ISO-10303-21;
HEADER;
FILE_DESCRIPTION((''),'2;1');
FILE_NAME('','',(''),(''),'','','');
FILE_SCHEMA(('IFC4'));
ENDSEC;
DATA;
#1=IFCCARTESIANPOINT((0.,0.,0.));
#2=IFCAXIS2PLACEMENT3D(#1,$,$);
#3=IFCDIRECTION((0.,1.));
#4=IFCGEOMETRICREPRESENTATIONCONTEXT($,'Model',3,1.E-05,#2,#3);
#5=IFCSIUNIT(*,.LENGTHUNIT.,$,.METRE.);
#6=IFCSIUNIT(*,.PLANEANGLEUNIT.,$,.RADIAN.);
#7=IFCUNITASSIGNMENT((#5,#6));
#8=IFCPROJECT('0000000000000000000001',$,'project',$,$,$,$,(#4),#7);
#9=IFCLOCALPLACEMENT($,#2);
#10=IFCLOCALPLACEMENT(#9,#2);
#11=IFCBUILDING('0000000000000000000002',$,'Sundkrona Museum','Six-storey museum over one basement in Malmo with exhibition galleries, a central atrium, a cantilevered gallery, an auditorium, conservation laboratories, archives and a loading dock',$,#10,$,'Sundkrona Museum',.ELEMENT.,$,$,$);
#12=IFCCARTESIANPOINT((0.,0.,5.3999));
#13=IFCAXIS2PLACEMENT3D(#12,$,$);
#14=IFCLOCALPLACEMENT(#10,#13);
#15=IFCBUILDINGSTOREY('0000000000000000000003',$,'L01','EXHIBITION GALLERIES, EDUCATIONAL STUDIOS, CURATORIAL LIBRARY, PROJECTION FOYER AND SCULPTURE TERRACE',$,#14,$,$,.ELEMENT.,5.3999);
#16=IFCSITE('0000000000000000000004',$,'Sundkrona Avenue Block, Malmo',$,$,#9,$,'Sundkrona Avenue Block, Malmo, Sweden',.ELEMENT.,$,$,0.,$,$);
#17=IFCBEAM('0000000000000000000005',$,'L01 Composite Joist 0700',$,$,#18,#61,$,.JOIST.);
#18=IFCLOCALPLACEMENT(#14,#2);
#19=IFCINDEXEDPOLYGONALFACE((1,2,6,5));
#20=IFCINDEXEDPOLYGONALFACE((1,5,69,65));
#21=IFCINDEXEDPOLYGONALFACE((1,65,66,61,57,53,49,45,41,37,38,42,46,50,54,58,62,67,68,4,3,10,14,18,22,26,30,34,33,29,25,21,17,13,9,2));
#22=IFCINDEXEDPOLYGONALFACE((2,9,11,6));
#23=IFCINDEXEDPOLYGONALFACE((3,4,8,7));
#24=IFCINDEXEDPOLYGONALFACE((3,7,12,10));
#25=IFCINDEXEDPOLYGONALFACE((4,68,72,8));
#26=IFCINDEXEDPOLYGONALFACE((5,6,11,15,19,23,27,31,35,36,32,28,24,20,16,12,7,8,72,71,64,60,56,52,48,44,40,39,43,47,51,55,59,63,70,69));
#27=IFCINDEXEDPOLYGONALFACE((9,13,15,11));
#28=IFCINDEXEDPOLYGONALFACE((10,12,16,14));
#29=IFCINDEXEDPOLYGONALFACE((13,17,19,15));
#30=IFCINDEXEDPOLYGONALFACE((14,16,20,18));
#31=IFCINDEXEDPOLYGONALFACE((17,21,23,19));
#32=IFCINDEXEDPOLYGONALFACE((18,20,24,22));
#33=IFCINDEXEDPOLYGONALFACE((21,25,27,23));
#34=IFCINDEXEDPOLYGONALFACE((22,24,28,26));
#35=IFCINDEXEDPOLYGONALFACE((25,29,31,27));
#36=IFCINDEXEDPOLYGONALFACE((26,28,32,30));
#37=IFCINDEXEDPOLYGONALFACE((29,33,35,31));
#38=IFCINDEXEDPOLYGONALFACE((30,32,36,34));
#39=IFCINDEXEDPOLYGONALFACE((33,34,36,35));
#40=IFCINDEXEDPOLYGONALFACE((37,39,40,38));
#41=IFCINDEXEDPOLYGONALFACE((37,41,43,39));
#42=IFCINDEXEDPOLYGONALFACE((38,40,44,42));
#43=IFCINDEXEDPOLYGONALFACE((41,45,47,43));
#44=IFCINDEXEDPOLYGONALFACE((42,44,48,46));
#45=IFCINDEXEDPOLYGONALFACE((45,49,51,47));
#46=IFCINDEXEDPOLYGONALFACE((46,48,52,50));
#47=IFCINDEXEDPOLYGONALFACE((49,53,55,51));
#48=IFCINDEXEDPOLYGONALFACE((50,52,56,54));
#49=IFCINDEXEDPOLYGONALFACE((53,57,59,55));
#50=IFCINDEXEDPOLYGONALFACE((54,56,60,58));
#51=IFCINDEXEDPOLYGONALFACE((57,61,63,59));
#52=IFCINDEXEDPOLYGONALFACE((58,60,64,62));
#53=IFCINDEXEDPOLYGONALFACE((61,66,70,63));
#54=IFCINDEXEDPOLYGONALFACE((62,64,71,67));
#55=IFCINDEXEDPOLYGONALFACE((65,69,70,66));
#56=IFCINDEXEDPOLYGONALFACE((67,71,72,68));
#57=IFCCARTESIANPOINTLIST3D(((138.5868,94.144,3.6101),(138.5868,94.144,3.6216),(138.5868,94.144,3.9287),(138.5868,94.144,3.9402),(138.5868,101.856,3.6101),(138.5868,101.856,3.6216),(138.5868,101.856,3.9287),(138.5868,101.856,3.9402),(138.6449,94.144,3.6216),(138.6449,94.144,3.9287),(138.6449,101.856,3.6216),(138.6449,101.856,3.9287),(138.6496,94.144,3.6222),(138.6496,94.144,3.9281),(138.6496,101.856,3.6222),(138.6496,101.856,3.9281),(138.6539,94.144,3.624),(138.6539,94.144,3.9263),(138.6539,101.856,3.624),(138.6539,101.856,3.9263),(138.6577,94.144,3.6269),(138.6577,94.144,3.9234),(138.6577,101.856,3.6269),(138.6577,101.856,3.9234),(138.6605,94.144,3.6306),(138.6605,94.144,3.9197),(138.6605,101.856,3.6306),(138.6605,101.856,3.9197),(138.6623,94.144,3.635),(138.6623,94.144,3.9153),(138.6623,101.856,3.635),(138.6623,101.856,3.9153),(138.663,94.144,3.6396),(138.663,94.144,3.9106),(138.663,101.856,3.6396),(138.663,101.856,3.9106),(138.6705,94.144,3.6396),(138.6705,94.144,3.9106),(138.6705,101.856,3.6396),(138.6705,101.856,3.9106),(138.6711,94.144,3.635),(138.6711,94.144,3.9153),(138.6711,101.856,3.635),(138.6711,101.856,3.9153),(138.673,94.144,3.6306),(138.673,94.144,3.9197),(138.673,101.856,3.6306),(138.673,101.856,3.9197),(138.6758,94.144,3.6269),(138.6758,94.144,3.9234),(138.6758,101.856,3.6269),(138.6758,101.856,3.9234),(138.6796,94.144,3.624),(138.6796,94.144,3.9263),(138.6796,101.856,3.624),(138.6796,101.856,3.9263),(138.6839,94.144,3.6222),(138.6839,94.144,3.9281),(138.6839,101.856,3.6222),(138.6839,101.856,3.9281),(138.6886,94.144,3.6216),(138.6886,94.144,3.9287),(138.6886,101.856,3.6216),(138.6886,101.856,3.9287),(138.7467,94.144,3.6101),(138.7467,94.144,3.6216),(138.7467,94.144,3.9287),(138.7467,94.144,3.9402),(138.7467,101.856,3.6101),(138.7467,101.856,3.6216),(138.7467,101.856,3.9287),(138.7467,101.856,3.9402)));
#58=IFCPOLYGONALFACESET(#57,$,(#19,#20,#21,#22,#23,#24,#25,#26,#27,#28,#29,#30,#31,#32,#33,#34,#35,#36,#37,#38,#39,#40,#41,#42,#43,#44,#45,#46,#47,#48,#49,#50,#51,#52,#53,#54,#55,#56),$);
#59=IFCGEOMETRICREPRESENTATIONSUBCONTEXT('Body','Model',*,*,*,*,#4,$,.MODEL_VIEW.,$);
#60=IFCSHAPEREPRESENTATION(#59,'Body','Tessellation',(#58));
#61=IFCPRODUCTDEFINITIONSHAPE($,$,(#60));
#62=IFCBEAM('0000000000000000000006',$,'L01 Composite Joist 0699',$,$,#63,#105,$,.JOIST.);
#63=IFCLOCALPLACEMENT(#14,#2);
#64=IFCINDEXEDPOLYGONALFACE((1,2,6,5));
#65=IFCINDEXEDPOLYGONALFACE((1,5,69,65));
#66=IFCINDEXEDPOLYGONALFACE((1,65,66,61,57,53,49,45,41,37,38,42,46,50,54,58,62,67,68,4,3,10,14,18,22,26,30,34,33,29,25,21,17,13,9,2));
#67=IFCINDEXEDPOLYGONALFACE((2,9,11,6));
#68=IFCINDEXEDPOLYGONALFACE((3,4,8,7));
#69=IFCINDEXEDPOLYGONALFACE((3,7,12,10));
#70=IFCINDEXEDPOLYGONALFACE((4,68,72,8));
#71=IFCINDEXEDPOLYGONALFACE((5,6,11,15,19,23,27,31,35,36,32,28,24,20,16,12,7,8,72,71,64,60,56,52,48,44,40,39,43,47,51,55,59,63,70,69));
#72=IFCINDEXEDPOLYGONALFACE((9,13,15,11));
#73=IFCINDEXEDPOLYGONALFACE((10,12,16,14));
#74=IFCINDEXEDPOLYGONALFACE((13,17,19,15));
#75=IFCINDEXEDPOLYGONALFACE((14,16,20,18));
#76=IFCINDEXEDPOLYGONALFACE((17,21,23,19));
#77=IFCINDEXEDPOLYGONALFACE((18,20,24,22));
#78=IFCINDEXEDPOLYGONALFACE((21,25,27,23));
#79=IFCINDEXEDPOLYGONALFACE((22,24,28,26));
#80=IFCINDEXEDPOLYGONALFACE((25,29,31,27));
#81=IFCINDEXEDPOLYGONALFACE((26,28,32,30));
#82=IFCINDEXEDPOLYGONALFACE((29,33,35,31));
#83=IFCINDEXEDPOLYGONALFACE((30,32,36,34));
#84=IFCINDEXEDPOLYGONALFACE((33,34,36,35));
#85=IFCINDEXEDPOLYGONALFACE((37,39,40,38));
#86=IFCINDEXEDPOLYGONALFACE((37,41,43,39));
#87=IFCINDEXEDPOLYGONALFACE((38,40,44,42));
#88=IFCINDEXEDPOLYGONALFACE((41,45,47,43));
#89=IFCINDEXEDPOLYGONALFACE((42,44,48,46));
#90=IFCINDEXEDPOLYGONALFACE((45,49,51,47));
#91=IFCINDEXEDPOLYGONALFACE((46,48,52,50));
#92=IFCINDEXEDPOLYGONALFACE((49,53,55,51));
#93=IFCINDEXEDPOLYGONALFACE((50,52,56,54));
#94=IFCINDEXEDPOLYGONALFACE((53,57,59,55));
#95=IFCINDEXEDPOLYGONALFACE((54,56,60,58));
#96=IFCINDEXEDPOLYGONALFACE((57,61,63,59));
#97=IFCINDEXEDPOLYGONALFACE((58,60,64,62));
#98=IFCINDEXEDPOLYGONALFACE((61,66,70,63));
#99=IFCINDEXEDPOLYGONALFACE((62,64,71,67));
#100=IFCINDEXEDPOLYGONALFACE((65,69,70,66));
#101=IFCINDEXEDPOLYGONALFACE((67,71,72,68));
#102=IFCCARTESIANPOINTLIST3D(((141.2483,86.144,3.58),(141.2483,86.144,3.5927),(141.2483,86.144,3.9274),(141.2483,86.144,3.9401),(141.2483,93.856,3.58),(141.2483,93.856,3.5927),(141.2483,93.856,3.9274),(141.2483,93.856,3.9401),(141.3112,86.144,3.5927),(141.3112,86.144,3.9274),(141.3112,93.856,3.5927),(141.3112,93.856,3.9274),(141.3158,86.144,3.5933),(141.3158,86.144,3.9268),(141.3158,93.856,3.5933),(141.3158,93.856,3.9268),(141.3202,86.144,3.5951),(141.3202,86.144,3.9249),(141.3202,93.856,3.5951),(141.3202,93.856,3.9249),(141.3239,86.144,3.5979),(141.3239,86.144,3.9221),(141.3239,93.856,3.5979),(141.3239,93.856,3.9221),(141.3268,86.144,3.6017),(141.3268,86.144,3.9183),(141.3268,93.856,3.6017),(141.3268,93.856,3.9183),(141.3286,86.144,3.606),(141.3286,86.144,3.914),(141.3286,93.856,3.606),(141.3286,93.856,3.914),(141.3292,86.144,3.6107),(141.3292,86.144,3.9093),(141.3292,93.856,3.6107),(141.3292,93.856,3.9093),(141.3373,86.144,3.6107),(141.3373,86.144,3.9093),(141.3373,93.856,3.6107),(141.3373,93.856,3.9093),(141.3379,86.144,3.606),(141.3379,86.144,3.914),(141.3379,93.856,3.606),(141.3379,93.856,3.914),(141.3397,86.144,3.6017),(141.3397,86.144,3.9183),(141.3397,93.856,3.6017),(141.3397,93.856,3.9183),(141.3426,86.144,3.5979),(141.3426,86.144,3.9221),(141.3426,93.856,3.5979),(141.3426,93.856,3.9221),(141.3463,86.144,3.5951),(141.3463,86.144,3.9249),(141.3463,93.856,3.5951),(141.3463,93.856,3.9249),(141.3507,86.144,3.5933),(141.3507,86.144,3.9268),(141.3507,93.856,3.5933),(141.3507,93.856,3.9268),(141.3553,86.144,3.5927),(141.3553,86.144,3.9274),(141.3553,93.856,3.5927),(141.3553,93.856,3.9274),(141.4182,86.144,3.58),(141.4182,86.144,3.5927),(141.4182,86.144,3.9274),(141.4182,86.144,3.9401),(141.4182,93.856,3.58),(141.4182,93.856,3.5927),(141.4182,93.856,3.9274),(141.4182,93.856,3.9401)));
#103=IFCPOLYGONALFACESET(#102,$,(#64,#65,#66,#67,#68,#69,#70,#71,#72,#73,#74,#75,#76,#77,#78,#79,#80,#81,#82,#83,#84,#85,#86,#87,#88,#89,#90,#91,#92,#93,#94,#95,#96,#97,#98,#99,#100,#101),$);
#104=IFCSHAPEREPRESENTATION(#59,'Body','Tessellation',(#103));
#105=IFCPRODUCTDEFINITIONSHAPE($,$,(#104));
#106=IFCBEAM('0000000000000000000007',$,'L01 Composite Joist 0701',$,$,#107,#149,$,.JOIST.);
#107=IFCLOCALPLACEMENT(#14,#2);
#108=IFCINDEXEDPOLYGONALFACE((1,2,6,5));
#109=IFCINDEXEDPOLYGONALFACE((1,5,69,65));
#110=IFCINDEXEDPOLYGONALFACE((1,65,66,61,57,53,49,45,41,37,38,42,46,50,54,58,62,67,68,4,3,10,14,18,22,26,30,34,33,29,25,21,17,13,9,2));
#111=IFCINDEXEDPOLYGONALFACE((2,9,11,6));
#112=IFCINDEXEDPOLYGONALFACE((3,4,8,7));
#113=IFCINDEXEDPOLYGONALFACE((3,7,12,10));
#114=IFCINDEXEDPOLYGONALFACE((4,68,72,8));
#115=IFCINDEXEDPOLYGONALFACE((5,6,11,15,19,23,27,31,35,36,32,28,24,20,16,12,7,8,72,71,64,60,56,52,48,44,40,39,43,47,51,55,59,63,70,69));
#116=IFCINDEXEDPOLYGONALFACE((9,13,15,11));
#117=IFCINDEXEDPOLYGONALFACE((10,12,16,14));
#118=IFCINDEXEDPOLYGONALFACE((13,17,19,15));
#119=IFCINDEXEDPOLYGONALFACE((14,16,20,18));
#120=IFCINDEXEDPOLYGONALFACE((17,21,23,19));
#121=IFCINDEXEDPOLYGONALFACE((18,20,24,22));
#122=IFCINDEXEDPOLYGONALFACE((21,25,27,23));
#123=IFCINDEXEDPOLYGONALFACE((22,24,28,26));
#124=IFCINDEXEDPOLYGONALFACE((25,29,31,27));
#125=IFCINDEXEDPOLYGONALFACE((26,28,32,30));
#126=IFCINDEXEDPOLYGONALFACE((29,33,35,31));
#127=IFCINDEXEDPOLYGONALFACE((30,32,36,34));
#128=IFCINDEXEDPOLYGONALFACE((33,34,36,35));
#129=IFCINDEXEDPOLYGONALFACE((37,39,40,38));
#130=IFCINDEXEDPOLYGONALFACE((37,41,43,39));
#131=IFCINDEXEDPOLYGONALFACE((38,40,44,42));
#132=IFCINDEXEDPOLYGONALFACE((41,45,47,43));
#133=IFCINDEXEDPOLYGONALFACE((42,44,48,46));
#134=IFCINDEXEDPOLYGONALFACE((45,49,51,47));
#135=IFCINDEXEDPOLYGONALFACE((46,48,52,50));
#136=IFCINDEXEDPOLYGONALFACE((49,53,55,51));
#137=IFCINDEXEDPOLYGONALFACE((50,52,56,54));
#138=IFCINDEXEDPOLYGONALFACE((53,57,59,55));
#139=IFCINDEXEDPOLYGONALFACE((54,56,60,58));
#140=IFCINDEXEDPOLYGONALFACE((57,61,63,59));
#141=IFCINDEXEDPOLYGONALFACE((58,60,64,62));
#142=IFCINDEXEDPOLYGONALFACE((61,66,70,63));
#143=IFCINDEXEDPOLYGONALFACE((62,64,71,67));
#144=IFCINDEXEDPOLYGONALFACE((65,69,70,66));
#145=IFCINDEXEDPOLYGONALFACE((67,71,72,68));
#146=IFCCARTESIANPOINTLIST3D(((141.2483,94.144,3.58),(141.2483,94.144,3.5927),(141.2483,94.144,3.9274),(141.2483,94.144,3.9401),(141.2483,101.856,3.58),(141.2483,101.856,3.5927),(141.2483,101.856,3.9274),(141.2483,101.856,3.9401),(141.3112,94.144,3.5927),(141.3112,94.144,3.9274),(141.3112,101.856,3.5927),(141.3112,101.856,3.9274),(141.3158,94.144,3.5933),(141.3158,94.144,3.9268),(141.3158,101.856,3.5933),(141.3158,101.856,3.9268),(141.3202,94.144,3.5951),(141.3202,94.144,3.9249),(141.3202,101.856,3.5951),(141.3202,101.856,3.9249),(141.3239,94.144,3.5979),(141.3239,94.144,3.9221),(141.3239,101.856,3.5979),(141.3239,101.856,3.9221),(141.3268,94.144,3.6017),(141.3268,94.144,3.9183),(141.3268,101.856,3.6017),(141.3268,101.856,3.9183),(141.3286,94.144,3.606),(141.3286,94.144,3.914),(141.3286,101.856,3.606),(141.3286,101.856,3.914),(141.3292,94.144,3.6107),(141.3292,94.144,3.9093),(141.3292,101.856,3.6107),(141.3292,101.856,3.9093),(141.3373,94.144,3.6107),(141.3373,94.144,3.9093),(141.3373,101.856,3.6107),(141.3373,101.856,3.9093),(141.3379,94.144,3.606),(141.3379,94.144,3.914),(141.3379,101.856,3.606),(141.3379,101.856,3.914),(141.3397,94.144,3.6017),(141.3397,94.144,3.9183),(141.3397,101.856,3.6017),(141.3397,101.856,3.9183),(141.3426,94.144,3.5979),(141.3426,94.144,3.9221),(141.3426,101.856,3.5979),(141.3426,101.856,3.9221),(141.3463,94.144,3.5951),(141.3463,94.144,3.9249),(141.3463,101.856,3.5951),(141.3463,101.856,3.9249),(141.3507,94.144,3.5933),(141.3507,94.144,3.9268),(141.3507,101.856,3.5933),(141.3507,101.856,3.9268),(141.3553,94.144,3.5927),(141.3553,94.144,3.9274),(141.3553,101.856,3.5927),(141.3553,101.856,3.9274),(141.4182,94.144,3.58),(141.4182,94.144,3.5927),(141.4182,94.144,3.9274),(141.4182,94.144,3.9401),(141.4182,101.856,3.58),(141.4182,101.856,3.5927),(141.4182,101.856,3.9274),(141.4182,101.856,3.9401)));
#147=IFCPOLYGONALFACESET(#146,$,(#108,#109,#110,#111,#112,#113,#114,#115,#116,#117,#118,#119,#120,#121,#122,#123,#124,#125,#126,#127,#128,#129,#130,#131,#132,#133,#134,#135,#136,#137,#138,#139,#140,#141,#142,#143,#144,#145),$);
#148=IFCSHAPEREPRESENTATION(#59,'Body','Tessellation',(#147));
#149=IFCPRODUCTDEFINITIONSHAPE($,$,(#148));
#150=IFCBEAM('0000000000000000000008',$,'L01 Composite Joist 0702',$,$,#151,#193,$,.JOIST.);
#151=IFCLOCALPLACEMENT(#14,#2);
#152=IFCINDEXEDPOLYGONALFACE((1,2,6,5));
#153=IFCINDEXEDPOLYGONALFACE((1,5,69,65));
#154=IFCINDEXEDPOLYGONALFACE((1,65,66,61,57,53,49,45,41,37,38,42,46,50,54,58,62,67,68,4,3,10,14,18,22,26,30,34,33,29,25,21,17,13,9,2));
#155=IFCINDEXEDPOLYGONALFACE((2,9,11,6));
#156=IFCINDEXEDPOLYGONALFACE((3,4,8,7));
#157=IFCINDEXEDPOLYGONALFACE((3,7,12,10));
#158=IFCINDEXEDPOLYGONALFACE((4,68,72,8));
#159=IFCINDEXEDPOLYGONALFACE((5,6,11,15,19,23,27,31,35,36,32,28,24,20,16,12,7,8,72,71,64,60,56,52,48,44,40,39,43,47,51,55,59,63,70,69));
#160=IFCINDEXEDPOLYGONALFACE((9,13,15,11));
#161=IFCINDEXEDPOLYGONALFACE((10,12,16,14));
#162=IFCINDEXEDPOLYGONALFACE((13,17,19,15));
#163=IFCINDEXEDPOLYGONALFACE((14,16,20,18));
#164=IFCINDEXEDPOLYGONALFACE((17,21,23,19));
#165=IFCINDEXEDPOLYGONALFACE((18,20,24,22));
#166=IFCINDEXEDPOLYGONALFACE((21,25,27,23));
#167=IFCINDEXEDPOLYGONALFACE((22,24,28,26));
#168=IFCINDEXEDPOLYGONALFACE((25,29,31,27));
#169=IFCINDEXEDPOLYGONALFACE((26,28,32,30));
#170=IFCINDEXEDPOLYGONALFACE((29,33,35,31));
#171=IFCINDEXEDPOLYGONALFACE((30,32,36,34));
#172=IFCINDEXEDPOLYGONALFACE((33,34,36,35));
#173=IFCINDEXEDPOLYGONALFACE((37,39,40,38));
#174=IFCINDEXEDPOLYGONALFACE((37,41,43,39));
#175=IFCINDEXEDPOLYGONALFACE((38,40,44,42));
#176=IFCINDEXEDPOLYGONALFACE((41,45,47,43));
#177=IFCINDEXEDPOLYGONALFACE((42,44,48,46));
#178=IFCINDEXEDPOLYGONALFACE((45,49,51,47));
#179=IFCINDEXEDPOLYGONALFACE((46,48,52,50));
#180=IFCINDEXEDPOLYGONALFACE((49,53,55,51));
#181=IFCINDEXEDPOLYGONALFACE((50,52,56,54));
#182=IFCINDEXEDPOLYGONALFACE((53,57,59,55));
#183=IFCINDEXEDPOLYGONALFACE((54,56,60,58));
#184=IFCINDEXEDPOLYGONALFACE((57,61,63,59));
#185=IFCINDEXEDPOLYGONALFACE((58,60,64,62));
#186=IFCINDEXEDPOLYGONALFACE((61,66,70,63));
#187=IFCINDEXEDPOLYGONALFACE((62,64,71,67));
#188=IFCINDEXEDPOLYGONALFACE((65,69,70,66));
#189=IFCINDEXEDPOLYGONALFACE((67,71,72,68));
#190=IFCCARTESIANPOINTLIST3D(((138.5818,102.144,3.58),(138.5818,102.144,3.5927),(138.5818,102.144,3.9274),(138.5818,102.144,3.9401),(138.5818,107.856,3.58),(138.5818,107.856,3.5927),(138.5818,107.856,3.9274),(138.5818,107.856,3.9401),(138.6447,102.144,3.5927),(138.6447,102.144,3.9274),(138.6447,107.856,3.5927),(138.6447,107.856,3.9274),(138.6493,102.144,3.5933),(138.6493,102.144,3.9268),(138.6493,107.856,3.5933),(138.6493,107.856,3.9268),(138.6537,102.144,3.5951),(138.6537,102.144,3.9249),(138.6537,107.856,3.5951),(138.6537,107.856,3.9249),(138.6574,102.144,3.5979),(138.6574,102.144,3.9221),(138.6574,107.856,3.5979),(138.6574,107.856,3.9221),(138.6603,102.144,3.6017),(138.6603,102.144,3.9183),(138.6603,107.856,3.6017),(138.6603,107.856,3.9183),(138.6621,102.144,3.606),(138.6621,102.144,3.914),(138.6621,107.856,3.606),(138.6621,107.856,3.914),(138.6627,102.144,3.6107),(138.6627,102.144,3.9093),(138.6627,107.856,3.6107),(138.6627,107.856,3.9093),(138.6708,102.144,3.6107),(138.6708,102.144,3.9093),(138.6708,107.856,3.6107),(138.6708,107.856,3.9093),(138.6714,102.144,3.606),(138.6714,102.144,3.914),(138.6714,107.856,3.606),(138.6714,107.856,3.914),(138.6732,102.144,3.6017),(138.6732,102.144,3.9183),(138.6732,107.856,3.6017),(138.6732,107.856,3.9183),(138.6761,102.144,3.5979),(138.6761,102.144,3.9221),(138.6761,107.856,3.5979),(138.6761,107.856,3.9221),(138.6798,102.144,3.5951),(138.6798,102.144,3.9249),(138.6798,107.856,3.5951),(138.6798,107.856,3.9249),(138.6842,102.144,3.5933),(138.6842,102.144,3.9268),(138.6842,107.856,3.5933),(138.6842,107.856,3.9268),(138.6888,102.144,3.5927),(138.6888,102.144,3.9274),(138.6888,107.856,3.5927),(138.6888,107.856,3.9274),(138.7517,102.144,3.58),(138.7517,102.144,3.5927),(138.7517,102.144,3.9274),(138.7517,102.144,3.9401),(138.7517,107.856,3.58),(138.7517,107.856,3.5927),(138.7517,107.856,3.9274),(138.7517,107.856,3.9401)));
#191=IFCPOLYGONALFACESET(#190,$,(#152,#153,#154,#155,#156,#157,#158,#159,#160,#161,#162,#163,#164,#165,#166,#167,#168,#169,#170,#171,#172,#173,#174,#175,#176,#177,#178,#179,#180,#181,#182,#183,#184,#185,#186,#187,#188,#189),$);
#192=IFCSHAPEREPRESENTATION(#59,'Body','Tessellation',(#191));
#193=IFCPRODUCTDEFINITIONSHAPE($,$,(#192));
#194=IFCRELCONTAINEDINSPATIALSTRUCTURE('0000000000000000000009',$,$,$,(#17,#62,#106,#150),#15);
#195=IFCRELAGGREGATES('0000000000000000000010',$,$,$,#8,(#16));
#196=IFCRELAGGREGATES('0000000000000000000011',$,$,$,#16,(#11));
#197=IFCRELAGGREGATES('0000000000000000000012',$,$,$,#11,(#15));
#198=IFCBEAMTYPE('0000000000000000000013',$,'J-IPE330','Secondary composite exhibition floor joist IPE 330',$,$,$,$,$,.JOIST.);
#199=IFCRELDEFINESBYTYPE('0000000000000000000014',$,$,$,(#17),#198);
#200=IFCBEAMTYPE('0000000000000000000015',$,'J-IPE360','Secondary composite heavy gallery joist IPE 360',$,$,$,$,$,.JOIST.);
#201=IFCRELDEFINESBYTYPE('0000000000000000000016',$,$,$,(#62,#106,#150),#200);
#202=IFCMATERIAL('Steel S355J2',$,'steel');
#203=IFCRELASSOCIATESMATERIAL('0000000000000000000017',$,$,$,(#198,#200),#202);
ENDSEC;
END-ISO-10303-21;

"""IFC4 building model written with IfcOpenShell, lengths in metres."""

from ifc_helpers import new_model, si_unit, direction, frame, origin, origin_2d, place, context, subcontext, project, spatial, i_section, extrude, material, material_profile, profile_set, type_object, element, save


model = new_model("IFC4")

# Units and contexts
model_context = context("Model", 3, precision=1e-05, world=origin(), true_north=direction((0.0, 1.0)))
body_context = subcontext(model_context, "Body", "Model", "MODEL_VIEW")
ifc_project = project(units=[si_unit("LENGTHUNIT", "METRE"), si_unit("PLANEANGLEUNIT", "RADIAN")], contexts=[model_context])

# Site, building, storey
site_placement = place(None, origin())
site = spatial("IfcSite", under=ifc_project, at=site_placement, Name="Sundkrona Avenue Block, Malmo", LongName="Sundkrona Avenue Block, Malmo, Sweden", CompositionType="ELEMENT", RefElevation=0.0)
building_placement = place(site_placement, origin())
building = spatial("IfcBuilding", under=site, at=building_placement, Name="Sundkrona Museum", Description="Six-storey museum over one basement in Malmo with exhibition galleries, a central atrium, a cantilevered gallery, an auditorium, conservation laboratories, archives and a loading dock", LongName="Sundkrona Museum", CompositionType="ELEMENT")
storey_placement = place(building_placement, frame((0.0, 0.0, 5.3999)))
storey = spatial("IfcBuildingStorey", under=building, at=storey_placement, Name="L01", Description="EXHIBITION GALLERIES, EDUCATIONAL STUDIOS, CURATORIAL LIBRARY, PROJECTION FOYER AND SCULPTURE TERRACE", CompositionType="ELEMENT", Elevation=5.3999)

# Shared definitions
ifc_material = material(Name="Steel S355J2", Category="steel")

# Beams
ifc_material_profile_1 = material_profile(ifc_material, i_section(OverallWidth=0.1599, OverallDepth=0.3301, WebThickness=0.0076, FlangeThickness=0.0115, FilletRadius=0.0181, at=origin_2d()), Name="IPE 330")
ifc_profile_set_1 = profile_set([ifc_material_profile_1], Name="Steel S355J2")
beam_type_1 = type_object("IfcBeamType", Name="J-IPE330", Description="Secondary composite exhibition floor joist IPE 330", PredefinedType="JOIST", material=ifc_profile_set_1)
beam_1_placement = place(storey_placement, frame((138.6667, 94.144, 3.7751), z_axis=(0.0, 1.0, 0.0), x_axis=(-1.0, 0.0, 0.0)))
element("IfcBeam", 1, at=beam_1_placement, inside=storey, type_object=beam_type_1, Name="L01 Composite Joist 0700", PredefinedType="JOIST", context=body_context, shape_type="SweptSolid", body=[
    extrude(i_section(OverallWidth=0.1599, OverallDepth=0.3301, WebThickness=0.0076, FlangeThickness=0.0115, FilletRadius=0.0181, at=origin_2d()), origin(), (0.0, 0.0, 1.0), 7.7119),
])
ifc_material_profile_2 = material_profile(ifc_material, i_section(OverallWidth=0.1699, OverallDepth=0.3601, WebThickness=0.0081, FlangeThickness=0.0127, FilletRadius=0.0181, at=origin_2d()), Name="IPE 360")
ifc_profile_set_2 = profile_set([ifc_material_profile_2], Name="Steel S355J2")
beam_type_2 = type_object("IfcBeamType", Name="J-IPE360", Description="Secondary composite heavy gallery joist IPE 360", PredefinedType="JOIST", material=ifc_profile_set_2)
for number, where, z_axis, x_axis, name in (
    (2, (141.3333, 86.144, 3.76), (0.0, 1.0, 0.0), (-1.0, 0.0, 0.0), "L01 Composite Joist 0699"),
    (3, (141.3333, 94.144, 3.76), (0.0, 1.0, 0.0), (-1.0, 0.0, 0.0), "L01 Composite Joist 0701"),
):
    element("IfcBeam", number, at=place(storey_placement, frame(where, z_axis=z_axis, x_axis=x_axis)), inside=storey, type_object=beam_type_2, Name=name, PredefinedType="JOIST", context=body_context, shape_type="SweptSolid", body=[
        extrude(i_section(OverallWidth=0.1699, OverallDepth=0.3601, WebThickness=0.0081, FlangeThickness=0.0127, FilletRadius=0.0181, at=origin_2d()), origin(), (0.0, 0.0, 1.0), 7.7119),
    ])
for number, where, z_axis, x_axis, name in (
    (4, (138.6667, 102.144, 3.76), (0.0, 1.0, 0.0), (-1.0, 0.0, 0.0), "L01 Composite Joist 0702"),
):
    element("IfcBeam", number, at=place(storey_placement, frame(where, z_axis=z_axis, x_axis=x_axis)), inside=storey, type_object=beam_type_2, Name=name, PredefinedType="JOIST", context=body_context, shape_type="SweptSolid", body=[
        extrude(i_section(OverallWidth=0.1699, OverallDepth=0.3601, WebThickness=0.0081, FlangeThickness=0.0127, FilletRadius=0.0181, at=origin_2d()), origin(), (0.0, 0.0, 1.0), 5.7119),
    ])

save(model, "model.ifc")
